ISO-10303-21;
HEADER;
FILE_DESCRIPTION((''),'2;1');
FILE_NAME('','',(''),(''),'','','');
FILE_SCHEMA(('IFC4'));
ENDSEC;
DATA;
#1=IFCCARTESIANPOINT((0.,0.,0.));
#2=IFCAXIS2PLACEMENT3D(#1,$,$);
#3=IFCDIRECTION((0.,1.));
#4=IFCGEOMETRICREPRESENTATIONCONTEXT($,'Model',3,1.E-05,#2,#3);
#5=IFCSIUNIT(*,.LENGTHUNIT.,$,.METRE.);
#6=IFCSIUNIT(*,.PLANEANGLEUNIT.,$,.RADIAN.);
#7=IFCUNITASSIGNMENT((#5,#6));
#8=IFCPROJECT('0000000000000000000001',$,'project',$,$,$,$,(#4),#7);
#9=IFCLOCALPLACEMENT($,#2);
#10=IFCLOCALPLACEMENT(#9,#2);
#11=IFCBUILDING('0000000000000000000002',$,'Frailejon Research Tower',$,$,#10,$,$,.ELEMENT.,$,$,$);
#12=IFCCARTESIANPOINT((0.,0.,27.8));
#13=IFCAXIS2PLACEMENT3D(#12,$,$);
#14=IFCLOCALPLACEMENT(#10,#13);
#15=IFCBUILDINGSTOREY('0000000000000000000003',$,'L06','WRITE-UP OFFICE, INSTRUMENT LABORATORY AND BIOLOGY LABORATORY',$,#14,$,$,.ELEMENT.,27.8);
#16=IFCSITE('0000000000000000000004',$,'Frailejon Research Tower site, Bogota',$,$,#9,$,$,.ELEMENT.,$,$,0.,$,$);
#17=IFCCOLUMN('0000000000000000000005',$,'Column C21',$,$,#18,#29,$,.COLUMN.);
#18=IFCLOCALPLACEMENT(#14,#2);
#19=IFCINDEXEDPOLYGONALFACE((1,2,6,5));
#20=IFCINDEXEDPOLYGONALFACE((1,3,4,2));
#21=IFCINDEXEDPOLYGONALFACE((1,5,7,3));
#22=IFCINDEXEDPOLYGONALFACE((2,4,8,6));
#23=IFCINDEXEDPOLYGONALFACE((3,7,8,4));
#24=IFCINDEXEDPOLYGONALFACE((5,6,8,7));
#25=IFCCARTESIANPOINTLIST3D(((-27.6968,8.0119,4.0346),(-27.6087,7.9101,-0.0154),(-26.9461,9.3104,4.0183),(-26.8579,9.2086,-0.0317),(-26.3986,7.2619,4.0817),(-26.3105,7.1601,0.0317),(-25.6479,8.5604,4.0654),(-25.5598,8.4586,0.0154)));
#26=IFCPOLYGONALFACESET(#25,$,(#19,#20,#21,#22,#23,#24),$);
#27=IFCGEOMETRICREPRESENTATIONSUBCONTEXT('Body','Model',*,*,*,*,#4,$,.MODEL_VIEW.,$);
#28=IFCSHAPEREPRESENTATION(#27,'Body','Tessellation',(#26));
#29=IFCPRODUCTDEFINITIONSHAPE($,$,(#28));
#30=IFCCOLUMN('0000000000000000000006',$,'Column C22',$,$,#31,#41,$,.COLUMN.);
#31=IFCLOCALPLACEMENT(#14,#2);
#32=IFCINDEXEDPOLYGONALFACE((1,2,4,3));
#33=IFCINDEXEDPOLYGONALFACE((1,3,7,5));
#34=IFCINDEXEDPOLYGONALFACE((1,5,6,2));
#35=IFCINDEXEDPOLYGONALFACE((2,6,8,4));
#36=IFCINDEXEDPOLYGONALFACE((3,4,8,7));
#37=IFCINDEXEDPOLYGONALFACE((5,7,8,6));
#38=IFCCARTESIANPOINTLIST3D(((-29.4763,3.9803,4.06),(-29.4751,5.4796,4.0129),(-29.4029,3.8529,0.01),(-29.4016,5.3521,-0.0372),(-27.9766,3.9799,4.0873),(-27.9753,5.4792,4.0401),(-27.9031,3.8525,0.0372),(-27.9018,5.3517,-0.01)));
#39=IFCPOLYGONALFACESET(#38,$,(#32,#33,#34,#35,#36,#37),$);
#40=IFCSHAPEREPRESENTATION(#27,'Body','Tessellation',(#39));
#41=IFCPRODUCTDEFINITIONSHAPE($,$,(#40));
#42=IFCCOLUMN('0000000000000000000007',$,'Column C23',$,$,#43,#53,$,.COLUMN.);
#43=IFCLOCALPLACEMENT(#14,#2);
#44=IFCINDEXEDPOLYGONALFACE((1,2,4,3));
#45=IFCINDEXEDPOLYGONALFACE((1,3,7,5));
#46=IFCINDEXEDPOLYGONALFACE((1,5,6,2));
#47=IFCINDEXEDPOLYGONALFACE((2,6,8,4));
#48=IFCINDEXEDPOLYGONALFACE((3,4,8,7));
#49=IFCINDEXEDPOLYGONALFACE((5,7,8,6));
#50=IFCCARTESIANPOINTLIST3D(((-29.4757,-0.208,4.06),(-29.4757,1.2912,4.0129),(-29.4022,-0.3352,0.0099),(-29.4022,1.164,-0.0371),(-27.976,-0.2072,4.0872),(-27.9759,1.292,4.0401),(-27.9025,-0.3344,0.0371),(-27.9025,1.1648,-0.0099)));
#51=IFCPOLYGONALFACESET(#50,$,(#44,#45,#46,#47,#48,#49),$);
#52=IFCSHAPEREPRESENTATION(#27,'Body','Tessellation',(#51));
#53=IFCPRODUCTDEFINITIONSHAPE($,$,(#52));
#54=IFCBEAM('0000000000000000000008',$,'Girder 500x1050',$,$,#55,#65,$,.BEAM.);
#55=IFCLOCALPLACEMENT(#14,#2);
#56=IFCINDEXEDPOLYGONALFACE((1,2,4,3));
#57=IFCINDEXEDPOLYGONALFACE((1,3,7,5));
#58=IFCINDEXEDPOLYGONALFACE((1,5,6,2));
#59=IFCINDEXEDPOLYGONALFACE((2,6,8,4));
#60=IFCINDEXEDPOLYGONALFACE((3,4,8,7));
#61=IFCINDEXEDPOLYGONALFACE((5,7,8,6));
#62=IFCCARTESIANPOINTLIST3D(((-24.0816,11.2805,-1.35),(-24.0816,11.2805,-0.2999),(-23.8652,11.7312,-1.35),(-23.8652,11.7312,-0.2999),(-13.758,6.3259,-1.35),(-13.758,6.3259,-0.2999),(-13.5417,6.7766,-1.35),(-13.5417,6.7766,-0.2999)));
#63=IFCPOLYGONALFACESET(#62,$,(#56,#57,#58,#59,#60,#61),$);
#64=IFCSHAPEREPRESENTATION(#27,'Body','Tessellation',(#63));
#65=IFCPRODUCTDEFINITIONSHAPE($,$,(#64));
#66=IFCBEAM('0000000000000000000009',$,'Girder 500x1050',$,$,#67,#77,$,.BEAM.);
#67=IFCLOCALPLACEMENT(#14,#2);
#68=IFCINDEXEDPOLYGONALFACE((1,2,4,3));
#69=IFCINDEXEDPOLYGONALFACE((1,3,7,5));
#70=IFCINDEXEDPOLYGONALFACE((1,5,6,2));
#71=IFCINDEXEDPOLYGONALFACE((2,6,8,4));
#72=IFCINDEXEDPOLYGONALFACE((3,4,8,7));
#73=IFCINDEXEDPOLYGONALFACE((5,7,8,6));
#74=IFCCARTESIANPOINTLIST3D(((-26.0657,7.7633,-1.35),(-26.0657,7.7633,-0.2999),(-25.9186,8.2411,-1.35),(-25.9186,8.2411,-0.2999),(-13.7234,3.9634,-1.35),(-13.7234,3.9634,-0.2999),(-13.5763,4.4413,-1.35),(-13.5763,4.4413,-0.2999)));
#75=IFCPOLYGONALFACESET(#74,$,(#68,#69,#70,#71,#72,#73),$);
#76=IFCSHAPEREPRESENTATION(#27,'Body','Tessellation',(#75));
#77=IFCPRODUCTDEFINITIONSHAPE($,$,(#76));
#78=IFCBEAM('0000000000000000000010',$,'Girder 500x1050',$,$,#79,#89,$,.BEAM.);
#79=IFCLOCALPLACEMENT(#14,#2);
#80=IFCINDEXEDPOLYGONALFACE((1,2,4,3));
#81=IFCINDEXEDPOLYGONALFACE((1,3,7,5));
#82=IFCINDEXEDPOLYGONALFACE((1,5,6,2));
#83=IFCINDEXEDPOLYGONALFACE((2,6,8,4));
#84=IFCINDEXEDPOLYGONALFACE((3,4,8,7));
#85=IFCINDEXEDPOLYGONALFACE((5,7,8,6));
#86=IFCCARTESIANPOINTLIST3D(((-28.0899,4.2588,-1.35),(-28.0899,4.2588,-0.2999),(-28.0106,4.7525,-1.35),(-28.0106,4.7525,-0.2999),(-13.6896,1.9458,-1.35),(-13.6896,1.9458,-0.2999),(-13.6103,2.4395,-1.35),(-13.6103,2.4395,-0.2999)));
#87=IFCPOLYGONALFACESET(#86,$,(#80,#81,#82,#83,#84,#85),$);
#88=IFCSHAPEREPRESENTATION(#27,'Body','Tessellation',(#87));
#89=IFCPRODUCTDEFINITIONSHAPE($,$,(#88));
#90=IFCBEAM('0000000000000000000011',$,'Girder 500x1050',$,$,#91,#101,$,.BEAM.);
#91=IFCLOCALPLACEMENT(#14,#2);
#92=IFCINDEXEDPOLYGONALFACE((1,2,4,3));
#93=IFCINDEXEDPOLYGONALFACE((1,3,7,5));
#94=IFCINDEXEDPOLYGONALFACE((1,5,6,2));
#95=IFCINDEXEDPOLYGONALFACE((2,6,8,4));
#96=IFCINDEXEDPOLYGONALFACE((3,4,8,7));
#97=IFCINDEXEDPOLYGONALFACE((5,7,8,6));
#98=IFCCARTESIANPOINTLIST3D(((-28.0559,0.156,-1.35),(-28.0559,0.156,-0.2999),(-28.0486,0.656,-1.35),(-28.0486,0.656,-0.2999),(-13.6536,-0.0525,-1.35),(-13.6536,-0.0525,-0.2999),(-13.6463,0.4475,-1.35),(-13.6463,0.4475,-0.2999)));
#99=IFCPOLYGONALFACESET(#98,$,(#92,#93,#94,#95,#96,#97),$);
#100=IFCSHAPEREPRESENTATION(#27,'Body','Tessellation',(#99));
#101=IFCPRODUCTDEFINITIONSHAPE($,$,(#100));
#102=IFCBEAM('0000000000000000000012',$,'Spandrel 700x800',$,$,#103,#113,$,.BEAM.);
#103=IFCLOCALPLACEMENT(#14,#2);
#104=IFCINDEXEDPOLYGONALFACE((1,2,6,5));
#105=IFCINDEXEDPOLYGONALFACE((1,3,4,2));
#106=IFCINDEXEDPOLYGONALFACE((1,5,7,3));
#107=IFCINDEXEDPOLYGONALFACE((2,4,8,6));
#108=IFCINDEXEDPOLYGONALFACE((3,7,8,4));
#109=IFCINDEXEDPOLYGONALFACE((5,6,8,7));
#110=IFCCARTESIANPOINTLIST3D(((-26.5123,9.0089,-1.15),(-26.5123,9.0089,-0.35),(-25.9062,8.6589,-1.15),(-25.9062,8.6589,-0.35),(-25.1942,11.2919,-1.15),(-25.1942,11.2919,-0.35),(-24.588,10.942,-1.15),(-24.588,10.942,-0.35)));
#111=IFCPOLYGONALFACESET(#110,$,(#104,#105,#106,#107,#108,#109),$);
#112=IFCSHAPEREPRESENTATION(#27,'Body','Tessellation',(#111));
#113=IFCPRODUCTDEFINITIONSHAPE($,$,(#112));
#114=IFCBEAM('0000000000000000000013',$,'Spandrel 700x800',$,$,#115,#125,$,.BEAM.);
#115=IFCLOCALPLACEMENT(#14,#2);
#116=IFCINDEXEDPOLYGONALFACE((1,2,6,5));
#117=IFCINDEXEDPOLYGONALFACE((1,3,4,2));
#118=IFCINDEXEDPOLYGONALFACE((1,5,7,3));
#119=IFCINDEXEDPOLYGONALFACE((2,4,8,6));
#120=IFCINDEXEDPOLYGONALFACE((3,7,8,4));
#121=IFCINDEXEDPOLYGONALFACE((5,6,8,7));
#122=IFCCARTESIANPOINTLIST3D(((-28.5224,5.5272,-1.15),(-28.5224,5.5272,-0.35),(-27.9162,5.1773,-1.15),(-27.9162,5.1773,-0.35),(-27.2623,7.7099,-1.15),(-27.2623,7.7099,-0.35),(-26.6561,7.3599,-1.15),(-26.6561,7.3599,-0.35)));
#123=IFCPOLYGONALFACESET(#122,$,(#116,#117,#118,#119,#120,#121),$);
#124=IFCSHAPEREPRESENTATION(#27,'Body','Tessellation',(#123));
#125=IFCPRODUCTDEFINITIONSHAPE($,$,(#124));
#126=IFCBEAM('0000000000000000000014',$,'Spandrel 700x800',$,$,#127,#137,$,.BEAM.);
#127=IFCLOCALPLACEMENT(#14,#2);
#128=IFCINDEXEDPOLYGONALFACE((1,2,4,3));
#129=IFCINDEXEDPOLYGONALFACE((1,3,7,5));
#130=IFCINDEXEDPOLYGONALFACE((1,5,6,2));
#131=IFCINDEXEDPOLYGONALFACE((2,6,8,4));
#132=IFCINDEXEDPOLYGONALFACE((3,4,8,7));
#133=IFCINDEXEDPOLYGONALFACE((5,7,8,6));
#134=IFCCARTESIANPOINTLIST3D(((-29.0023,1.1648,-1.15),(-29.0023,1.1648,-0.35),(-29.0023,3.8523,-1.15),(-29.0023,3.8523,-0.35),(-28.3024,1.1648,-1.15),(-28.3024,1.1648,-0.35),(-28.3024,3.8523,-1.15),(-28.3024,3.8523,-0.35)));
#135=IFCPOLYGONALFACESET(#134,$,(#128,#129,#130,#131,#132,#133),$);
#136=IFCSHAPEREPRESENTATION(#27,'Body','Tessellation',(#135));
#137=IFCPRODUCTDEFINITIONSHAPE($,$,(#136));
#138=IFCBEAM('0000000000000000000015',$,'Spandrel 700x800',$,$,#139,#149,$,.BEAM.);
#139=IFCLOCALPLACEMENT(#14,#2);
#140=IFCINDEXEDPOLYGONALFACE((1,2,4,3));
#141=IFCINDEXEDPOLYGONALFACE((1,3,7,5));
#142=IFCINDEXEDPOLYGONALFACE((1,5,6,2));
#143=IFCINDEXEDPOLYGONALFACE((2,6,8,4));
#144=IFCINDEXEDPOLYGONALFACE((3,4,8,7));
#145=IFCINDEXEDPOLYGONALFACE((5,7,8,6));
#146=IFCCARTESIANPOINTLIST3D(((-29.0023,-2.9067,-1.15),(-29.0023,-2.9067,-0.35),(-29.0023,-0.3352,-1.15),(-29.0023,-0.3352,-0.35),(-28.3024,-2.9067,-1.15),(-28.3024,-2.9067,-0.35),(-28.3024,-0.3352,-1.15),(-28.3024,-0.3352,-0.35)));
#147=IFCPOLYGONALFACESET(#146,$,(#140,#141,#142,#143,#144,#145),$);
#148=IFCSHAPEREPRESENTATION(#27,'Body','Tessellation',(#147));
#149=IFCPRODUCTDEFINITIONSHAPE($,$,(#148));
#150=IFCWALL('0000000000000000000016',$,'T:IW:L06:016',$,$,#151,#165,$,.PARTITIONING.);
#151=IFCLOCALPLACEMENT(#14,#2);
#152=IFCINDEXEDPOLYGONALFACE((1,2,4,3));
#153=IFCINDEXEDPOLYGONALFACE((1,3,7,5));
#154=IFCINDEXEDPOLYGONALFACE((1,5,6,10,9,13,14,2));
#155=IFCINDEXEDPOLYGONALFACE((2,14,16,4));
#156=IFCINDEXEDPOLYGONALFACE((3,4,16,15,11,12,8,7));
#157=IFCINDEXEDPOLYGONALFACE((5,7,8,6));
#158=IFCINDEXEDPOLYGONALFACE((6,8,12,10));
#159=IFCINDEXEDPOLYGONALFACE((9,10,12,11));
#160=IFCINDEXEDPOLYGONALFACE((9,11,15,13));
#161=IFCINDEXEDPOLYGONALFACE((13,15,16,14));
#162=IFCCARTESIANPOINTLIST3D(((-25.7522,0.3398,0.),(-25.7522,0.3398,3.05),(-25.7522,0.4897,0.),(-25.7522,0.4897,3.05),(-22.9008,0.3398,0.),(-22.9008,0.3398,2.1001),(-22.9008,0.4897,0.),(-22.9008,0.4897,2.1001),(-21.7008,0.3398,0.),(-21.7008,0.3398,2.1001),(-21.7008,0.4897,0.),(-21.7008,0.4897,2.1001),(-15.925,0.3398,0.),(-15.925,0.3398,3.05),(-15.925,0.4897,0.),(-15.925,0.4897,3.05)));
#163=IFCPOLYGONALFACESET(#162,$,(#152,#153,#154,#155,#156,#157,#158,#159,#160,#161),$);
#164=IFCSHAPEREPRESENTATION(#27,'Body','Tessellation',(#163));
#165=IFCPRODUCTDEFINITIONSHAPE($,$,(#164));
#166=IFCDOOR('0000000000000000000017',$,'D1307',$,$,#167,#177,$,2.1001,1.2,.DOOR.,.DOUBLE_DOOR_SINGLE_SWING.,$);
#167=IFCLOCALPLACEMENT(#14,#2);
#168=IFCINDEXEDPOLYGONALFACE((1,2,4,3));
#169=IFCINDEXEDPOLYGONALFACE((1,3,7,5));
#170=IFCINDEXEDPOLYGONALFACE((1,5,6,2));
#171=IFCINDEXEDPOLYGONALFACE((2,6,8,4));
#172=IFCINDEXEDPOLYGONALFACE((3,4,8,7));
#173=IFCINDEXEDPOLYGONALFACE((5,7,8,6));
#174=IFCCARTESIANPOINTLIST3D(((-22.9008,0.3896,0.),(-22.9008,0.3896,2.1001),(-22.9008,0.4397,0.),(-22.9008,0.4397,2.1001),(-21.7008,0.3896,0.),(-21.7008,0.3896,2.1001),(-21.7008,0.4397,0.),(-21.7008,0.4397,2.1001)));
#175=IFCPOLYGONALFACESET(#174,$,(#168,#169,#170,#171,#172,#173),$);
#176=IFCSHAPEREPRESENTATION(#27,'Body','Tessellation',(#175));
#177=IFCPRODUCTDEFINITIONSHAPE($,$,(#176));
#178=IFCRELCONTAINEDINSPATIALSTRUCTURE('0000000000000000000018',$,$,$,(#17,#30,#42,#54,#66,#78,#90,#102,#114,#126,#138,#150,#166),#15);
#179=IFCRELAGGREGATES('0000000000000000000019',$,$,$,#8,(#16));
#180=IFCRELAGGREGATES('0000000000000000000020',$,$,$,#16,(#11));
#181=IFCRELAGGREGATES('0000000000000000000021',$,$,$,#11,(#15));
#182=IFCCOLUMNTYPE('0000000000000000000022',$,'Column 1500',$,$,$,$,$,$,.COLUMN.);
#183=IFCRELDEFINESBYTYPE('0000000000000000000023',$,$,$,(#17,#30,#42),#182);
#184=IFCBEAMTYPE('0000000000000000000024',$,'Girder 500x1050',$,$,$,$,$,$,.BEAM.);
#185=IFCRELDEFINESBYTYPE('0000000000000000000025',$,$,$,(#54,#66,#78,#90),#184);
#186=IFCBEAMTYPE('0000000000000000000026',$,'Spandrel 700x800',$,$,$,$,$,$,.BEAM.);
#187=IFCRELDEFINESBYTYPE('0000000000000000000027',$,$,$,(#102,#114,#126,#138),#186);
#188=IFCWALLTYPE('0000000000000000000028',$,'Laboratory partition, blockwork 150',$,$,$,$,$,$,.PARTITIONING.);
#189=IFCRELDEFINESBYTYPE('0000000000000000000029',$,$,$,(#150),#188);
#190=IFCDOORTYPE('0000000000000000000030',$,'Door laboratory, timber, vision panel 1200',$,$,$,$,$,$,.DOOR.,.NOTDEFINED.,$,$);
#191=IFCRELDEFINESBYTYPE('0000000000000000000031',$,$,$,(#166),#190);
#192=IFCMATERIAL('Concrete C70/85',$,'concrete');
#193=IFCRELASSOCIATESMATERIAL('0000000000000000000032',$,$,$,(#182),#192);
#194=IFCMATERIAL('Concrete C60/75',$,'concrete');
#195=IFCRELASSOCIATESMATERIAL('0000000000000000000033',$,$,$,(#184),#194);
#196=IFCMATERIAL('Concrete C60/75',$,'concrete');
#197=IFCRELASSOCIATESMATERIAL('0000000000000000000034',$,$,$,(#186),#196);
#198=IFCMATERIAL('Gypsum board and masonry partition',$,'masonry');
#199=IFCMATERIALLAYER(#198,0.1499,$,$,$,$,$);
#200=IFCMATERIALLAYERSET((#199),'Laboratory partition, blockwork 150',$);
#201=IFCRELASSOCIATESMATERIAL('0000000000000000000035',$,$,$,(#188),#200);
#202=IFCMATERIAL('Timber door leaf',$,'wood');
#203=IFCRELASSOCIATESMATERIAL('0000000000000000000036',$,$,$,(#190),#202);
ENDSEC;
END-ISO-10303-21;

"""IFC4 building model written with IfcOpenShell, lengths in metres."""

from ifc_helpers import new_model, si_unit, direction, frame, frame_2d, origin, origin_2d, place, context, subcontext, project, spatial, rectangle, extrude, material, layer, layer_set, material_profile, profile_set, type_object, element, fill, save


model = new_model("IFC4")

# Units and contexts
model_context = context("Model", 3, precision=1e-05, world=origin(), true_north=direction((0.0, 1.0)))
body_context = subcontext(model_context, "Body", "Model", "MODEL_VIEW")
ifc_project = project(units=[si_unit("LENGTHUNIT", "METRE"), si_unit("PLANEANGLEUNIT", "RADIAN")], contexts=[model_context])

# Site, building, storey
site_placement = place(None, origin())
site = spatial("IfcSite", under=ifc_project, at=site_placement, Name="Frailejon Research Tower site, Bogota", CompositionType="ELEMENT", RefElevation=0.0)
building_placement = place(site_placement, origin())
building = spatial("IfcBuilding", under=site, at=building_placement, Name="Frailejon Research Tower", CompositionType="ELEMENT")
storey_placement = place(building_placement, frame((0.0, 0.0, 27.8)))
storey = spatial("IfcBuildingStorey", under=building, at=storey_placement, Name="L06", Description="WRITE-UP OFFICE, INSTRUMENT LABORATORY AND BIOLOGY LABORATORY", CompositionType="ELEMENT", Elevation=27.8)

# Columns
ifc_material_1 = material(Name="Concrete C70/85", Category="concrete")
ifc_material_profile_1 = material_profile(ifc_material_1, rectangle(XDim=1.5, YDim=1.5, at=origin_2d()), Name="Column 1500")
ifc_profile_set_1 = profile_set([ifc_material_profile_1], Name="Concrete C70/85")
column_type = type_object("IfcColumnType", Name="Column 1500", PredefinedType="COLUMN", material=ifc_profile_set_1)
column_placement = place(storey_placement, frame((-26.5842, 8.1843, 0.0), z_axis=(-0.021749, 0.025123, 0.999448), x_axis=(-0.500502, -0.865667, 0.010869)))
element("IfcColumn", 1, at=column_placement, inside=storey, type_object=column_type, Name="Column C21", PredefinedType="COLUMN", context=body_context, shape_type="SweptSolid", body=[
    extrude(rectangle(XDim=1.5, YDim=1.5, at=origin_2d()), origin(), (0.0, 0.0, 1.0), 4.0522),
])
for number, where, z_axis, x_axis, name in (
    (2, (-28.6523, 4.6023, 0.0), (-0.018133, 0.031446, 0.999341), (-0.000853, -0.999505, 0.031436), "Column C22"),
    (3, (-28.6523, 0.4148, 0.0), (-0.018133, 0.031386, 0.999343), (-0.000022, -0.999507, 0.03139), "Column C23"),
):
    element("IfcColumn", number, at=place(storey_placement, frame(where, z_axis=z_axis, x_axis=x_axis)), inside=storey, type_object=column_type, Name=name, PredefinedType="COLUMN", context=body_context, shape_type="SweptSolid", body=[
        extrude(rectangle(XDim=1.5, YDim=1.5, at=origin_2d()), origin(), (0.0, 0.0, 1.0), 4.0527),
    ])

# Beams
ifc_material_2 = material(Name="Concrete C60/75", Category="concrete")
ifc_material_profile_2 = material_profile(ifc_material_2, rectangle(XDim=0.5, YDim=1.05, at=origin_2d()), Name="Girder 500x1050")
ifc_profile_set_2 = profile_set([ifc_material_profile_2], Name="Concrete C60/75")
beam_type_1 = type_object("IfcBeamType", Name="Girder 500x1050", PredefinedType="BEAM", material=ifc_profile_set_2)
beam_1_placement = place(storey_placement, frame((-23.9734, 11.5059, -0.825), z_axis=(0.901546, -0.432683, 0.0), x_axis=(0.432683, 0.901546, 0.0)))
element("IfcBeam", 4, at=beam_1_placement, inside=storey, type_object=beam_type_1, Name="Girder 500x1050", PredefinedType="BEAM", context=body_context, shape_type="SweptSolid", body=[
    extrude(rectangle(XDim=0.5, YDim=1.05, at=origin_2d()), origin(), (0.0, 0.0, 1.0), 11.4509),
])
beam_2_placement = place(storey_placement, frame((-25.9922, 8.0022, -0.825), z_axis=(0.955732, -0.29424, 0.0), x_axis=(0.29424, 0.955732, 0.0)))
element("IfcBeam", 5, at=beam_2_placement, inside=storey, type_object=beam_type_1, Name="Girder 500x1050", PredefinedType="BEAM", context=body_context, shape_type="SweptSolid", body=[
    extrude(rectangle(XDim=0.5, YDim=1.05, at=origin_2d()), origin(), (0.0, 0.0, 1.0), 12.9141),
])
beam_3_placement = place(storey_placement, frame((-28.0503, 4.5056, -0.825), z_axis=(0.987345, -0.158587, 0.0), x_axis=(0.158587, 0.987345, 0.0)))
element("IfcBeam", 6, at=beam_3_placement, inside=storey, type_object=beam_type_1, Name="Girder 500x1050", PredefinedType="BEAM", context=body_context, shape_type="SweptSolid", body=[
    extrude(rectangle(XDim=0.5, YDim=1.05, at=origin_2d()), origin(), (0.0, 0.0, 1.0), 14.585),
])
beam_4_placement = place(storey_placement, frame((-28.0522, 0.406, -0.825), z_axis=(0.999895, -0.014475, 0.0), x_axis=(0.014475, 0.999895, 0.0)))
element("IfcBeam", 7, at=beam_4_placement, inside=storey, type_object=beam_type_1, Name="Girder 500x1050", PredefinedType="BEAM", context=body_context, shape_type="SweptSolid", body=[
    extrude(rectangle(XDim=0.5, YDim=1.05, at=origin_2d()), origin(), (0.0, 0.0, 1.0), 14.4038),
])
ifc_material_3 = material(Name="Concrete C60/75", Category="concrete")
ifc_material_profile_3 = material_profile(ifc_material_3, rectangle(XDim=0.7, YDim=0.8, at=origin_2d()), Name="Spandrel 700x800")
ifc_profile_set_3 = profile_set([ifc_material_profile_3], Name="Concrete C60/75")
beam_type_2 = type_object("IfcBeamType", Name="Spandrel 700x800", PredefinedType="BEAM", material=ifc_profile_set_3)
beam_5_placement = place(storey_placement, frame((-24.8911, 11.1169, -0.75), z_axis=(-0.500014, -0.866017, 0.0), x_axis=(0.866017, -0.500014, 0.0)))
element("IfcBeam", 8, at=beam_5_placement, inside=storey, type_object=beam_type_2, Name="Spandrel 700x800", PredefinedType="BEAM", context=body_context, shape_type="SweptSolid", body=[
    extrude(rectangle(XDim=0.7, YDim=0.8, at=origin_2d()), origin(), (0.0, 0.0, 1.0), 2.6362),
])
beam_6_placement = place(storey_placement, frame((-26.9592, 7.5349, -0.75), z_axis=(-0.499963, -0.866047, 0.0), x_axis=(0.866047, -0.499963, 0.0)))
element("IfcBeam", 9, at=beam_6_placement, inside=storey, type_object=beam_type_2, Name="Spandrel 700x800", PredefinedType="BEAM", context=body_context, shape_type="SweptSolid", body=[
    extrude(rectangle(XDim=0.7, YDim=0.8, at=origin_2d()), origin(), (0.0, 0.0, 1.0), 2.5203),
])
beam_7_placement = place(storey_placement, frame((-28.6523, 3.8523, -0.75), z_axis=(0.0, -1.0, 0.0), x_axis=(1.0, 0.0, 0.0)))
element("IfcBeam", 10, at=beam_7_placement, inside=storey, type_object=beam_type_2, Name="Spandrel 700x800", PredefinedType="BEAM", context=body_context, shape_type="SweptSolid", body=[
    extrude(rectangle(XDim=0.7, YDim=0.8, at=origin_2d()), origin(), (0.0, 0.0, 1.0), 2.6875),
])
beam_8_placement = place(storey_placement, frame((-28.6523, -0.3352, -0.75), z_axis=(0.0, -1.0, 0.0), x_axis=(1.0, 0.0, 0.0)))
element("IfcBeam", 11, at=beam_8_placement, inside=storey, type_object=beam_type_2, Name="Spandrel 700x800", PredefinedType="BEAM", context=body_context, shape_type="SweptSolid", body=[
    extrude(rectangle(XDim=0.7, YDim=0.8, at=origin_2d()), origin(), (0.0, 0.0, 1.0), 2.5715),
])

# Wall, opening, door
ifc_material_4 = material(Name="Gypsum board and masonry partition", Category="masonry")
ifc_layer_1 = layer(ifc_material_4, 0.1499)
ifc_layer_set_1 = layer_set([ifc_layer_1], Name="Laboratory partition, blockwork 150")
wall_type_1 = type_object("IfcWallType", Name="Laboratory partition, blockwork 150", PredefinedType="PARTITIONING", material=ifc_layer_set_1)
wall_1_placement = place(storey_placement, frame((-25.7522, 0.4148, 0.0), z_axis=(0.0, 0.0, 1.0), x_axis=(1.0, 0.0, 0.0)))
wall_1 = element("IfcWall", 12, at=wall_1_placement, inside=storey, type_object=wall_type_1, Name="T:IW:L06:016", PredefinedType="PARTITIONING", context=body_context, shape_type="SweptSolid", body=[
    extrude(rectangle(XDim=9.8271, YDim=0.1499, at=frame_2d((4.9136, 0.0))), origin(), (0.0, 0.0, 1.0), 3.05),
])
opening_1_placement = place(wall_1_placement, frame((2.8513, 0.0, 0.0)))
opening_1 = element("IfcOpeningElement", 13, at=opening_1_placement, cuts=wall_1, PredefinedType="OPENING", context=body_context, shape_type="SweptSolid", body=[
    extrude(rectangle(XDim=1.2, YDim=2.1001, at=frame_2d((0.6001, 1.05))), frame((0.0, 0.085, 0.0), z_axis=(0.0, -1.0, 0.0), x_axis=(1.0, 0.0, 0.0)), (0.0, 0.0, 1.0), 0.1699),
])
ifc_material_5 = material(Name="Timber door leaf", Category="wood")
door_type = type_object("IfcDoorType", Name="Door laboratory, timber, vision panel 1200", OperationType="NOTDEFINED", PredefinedType="DOOR", material=ifc_material_5)
door_placement = place(opening_1_placement, origin())
door = element("IfcDoor", 14, at=door_placement, inside=storey, type_object=door_type, Name="D1307", OperationType="DOUBLE_DOOR_SINGLE_SWING", OverallHeight=2.1001, OverallWidth=1.2, PredefinedType="DOOR", context=body_context, shape_type="SweptSolid", body=[
    extrude(rectangle(XDim=1.2, YDim=2.1001, at=frame_2d((0.6001, 1.05))), frame((0.0, 0.0249, 0.0), z_axis=(0.0, -1.0, 0.0), x_axis=(1.0, 0.0, 0.0)), (0.0, 0.0, 1.0), 0.05),
])
fill(opening_1, door)

save(model, "model.ifc")
